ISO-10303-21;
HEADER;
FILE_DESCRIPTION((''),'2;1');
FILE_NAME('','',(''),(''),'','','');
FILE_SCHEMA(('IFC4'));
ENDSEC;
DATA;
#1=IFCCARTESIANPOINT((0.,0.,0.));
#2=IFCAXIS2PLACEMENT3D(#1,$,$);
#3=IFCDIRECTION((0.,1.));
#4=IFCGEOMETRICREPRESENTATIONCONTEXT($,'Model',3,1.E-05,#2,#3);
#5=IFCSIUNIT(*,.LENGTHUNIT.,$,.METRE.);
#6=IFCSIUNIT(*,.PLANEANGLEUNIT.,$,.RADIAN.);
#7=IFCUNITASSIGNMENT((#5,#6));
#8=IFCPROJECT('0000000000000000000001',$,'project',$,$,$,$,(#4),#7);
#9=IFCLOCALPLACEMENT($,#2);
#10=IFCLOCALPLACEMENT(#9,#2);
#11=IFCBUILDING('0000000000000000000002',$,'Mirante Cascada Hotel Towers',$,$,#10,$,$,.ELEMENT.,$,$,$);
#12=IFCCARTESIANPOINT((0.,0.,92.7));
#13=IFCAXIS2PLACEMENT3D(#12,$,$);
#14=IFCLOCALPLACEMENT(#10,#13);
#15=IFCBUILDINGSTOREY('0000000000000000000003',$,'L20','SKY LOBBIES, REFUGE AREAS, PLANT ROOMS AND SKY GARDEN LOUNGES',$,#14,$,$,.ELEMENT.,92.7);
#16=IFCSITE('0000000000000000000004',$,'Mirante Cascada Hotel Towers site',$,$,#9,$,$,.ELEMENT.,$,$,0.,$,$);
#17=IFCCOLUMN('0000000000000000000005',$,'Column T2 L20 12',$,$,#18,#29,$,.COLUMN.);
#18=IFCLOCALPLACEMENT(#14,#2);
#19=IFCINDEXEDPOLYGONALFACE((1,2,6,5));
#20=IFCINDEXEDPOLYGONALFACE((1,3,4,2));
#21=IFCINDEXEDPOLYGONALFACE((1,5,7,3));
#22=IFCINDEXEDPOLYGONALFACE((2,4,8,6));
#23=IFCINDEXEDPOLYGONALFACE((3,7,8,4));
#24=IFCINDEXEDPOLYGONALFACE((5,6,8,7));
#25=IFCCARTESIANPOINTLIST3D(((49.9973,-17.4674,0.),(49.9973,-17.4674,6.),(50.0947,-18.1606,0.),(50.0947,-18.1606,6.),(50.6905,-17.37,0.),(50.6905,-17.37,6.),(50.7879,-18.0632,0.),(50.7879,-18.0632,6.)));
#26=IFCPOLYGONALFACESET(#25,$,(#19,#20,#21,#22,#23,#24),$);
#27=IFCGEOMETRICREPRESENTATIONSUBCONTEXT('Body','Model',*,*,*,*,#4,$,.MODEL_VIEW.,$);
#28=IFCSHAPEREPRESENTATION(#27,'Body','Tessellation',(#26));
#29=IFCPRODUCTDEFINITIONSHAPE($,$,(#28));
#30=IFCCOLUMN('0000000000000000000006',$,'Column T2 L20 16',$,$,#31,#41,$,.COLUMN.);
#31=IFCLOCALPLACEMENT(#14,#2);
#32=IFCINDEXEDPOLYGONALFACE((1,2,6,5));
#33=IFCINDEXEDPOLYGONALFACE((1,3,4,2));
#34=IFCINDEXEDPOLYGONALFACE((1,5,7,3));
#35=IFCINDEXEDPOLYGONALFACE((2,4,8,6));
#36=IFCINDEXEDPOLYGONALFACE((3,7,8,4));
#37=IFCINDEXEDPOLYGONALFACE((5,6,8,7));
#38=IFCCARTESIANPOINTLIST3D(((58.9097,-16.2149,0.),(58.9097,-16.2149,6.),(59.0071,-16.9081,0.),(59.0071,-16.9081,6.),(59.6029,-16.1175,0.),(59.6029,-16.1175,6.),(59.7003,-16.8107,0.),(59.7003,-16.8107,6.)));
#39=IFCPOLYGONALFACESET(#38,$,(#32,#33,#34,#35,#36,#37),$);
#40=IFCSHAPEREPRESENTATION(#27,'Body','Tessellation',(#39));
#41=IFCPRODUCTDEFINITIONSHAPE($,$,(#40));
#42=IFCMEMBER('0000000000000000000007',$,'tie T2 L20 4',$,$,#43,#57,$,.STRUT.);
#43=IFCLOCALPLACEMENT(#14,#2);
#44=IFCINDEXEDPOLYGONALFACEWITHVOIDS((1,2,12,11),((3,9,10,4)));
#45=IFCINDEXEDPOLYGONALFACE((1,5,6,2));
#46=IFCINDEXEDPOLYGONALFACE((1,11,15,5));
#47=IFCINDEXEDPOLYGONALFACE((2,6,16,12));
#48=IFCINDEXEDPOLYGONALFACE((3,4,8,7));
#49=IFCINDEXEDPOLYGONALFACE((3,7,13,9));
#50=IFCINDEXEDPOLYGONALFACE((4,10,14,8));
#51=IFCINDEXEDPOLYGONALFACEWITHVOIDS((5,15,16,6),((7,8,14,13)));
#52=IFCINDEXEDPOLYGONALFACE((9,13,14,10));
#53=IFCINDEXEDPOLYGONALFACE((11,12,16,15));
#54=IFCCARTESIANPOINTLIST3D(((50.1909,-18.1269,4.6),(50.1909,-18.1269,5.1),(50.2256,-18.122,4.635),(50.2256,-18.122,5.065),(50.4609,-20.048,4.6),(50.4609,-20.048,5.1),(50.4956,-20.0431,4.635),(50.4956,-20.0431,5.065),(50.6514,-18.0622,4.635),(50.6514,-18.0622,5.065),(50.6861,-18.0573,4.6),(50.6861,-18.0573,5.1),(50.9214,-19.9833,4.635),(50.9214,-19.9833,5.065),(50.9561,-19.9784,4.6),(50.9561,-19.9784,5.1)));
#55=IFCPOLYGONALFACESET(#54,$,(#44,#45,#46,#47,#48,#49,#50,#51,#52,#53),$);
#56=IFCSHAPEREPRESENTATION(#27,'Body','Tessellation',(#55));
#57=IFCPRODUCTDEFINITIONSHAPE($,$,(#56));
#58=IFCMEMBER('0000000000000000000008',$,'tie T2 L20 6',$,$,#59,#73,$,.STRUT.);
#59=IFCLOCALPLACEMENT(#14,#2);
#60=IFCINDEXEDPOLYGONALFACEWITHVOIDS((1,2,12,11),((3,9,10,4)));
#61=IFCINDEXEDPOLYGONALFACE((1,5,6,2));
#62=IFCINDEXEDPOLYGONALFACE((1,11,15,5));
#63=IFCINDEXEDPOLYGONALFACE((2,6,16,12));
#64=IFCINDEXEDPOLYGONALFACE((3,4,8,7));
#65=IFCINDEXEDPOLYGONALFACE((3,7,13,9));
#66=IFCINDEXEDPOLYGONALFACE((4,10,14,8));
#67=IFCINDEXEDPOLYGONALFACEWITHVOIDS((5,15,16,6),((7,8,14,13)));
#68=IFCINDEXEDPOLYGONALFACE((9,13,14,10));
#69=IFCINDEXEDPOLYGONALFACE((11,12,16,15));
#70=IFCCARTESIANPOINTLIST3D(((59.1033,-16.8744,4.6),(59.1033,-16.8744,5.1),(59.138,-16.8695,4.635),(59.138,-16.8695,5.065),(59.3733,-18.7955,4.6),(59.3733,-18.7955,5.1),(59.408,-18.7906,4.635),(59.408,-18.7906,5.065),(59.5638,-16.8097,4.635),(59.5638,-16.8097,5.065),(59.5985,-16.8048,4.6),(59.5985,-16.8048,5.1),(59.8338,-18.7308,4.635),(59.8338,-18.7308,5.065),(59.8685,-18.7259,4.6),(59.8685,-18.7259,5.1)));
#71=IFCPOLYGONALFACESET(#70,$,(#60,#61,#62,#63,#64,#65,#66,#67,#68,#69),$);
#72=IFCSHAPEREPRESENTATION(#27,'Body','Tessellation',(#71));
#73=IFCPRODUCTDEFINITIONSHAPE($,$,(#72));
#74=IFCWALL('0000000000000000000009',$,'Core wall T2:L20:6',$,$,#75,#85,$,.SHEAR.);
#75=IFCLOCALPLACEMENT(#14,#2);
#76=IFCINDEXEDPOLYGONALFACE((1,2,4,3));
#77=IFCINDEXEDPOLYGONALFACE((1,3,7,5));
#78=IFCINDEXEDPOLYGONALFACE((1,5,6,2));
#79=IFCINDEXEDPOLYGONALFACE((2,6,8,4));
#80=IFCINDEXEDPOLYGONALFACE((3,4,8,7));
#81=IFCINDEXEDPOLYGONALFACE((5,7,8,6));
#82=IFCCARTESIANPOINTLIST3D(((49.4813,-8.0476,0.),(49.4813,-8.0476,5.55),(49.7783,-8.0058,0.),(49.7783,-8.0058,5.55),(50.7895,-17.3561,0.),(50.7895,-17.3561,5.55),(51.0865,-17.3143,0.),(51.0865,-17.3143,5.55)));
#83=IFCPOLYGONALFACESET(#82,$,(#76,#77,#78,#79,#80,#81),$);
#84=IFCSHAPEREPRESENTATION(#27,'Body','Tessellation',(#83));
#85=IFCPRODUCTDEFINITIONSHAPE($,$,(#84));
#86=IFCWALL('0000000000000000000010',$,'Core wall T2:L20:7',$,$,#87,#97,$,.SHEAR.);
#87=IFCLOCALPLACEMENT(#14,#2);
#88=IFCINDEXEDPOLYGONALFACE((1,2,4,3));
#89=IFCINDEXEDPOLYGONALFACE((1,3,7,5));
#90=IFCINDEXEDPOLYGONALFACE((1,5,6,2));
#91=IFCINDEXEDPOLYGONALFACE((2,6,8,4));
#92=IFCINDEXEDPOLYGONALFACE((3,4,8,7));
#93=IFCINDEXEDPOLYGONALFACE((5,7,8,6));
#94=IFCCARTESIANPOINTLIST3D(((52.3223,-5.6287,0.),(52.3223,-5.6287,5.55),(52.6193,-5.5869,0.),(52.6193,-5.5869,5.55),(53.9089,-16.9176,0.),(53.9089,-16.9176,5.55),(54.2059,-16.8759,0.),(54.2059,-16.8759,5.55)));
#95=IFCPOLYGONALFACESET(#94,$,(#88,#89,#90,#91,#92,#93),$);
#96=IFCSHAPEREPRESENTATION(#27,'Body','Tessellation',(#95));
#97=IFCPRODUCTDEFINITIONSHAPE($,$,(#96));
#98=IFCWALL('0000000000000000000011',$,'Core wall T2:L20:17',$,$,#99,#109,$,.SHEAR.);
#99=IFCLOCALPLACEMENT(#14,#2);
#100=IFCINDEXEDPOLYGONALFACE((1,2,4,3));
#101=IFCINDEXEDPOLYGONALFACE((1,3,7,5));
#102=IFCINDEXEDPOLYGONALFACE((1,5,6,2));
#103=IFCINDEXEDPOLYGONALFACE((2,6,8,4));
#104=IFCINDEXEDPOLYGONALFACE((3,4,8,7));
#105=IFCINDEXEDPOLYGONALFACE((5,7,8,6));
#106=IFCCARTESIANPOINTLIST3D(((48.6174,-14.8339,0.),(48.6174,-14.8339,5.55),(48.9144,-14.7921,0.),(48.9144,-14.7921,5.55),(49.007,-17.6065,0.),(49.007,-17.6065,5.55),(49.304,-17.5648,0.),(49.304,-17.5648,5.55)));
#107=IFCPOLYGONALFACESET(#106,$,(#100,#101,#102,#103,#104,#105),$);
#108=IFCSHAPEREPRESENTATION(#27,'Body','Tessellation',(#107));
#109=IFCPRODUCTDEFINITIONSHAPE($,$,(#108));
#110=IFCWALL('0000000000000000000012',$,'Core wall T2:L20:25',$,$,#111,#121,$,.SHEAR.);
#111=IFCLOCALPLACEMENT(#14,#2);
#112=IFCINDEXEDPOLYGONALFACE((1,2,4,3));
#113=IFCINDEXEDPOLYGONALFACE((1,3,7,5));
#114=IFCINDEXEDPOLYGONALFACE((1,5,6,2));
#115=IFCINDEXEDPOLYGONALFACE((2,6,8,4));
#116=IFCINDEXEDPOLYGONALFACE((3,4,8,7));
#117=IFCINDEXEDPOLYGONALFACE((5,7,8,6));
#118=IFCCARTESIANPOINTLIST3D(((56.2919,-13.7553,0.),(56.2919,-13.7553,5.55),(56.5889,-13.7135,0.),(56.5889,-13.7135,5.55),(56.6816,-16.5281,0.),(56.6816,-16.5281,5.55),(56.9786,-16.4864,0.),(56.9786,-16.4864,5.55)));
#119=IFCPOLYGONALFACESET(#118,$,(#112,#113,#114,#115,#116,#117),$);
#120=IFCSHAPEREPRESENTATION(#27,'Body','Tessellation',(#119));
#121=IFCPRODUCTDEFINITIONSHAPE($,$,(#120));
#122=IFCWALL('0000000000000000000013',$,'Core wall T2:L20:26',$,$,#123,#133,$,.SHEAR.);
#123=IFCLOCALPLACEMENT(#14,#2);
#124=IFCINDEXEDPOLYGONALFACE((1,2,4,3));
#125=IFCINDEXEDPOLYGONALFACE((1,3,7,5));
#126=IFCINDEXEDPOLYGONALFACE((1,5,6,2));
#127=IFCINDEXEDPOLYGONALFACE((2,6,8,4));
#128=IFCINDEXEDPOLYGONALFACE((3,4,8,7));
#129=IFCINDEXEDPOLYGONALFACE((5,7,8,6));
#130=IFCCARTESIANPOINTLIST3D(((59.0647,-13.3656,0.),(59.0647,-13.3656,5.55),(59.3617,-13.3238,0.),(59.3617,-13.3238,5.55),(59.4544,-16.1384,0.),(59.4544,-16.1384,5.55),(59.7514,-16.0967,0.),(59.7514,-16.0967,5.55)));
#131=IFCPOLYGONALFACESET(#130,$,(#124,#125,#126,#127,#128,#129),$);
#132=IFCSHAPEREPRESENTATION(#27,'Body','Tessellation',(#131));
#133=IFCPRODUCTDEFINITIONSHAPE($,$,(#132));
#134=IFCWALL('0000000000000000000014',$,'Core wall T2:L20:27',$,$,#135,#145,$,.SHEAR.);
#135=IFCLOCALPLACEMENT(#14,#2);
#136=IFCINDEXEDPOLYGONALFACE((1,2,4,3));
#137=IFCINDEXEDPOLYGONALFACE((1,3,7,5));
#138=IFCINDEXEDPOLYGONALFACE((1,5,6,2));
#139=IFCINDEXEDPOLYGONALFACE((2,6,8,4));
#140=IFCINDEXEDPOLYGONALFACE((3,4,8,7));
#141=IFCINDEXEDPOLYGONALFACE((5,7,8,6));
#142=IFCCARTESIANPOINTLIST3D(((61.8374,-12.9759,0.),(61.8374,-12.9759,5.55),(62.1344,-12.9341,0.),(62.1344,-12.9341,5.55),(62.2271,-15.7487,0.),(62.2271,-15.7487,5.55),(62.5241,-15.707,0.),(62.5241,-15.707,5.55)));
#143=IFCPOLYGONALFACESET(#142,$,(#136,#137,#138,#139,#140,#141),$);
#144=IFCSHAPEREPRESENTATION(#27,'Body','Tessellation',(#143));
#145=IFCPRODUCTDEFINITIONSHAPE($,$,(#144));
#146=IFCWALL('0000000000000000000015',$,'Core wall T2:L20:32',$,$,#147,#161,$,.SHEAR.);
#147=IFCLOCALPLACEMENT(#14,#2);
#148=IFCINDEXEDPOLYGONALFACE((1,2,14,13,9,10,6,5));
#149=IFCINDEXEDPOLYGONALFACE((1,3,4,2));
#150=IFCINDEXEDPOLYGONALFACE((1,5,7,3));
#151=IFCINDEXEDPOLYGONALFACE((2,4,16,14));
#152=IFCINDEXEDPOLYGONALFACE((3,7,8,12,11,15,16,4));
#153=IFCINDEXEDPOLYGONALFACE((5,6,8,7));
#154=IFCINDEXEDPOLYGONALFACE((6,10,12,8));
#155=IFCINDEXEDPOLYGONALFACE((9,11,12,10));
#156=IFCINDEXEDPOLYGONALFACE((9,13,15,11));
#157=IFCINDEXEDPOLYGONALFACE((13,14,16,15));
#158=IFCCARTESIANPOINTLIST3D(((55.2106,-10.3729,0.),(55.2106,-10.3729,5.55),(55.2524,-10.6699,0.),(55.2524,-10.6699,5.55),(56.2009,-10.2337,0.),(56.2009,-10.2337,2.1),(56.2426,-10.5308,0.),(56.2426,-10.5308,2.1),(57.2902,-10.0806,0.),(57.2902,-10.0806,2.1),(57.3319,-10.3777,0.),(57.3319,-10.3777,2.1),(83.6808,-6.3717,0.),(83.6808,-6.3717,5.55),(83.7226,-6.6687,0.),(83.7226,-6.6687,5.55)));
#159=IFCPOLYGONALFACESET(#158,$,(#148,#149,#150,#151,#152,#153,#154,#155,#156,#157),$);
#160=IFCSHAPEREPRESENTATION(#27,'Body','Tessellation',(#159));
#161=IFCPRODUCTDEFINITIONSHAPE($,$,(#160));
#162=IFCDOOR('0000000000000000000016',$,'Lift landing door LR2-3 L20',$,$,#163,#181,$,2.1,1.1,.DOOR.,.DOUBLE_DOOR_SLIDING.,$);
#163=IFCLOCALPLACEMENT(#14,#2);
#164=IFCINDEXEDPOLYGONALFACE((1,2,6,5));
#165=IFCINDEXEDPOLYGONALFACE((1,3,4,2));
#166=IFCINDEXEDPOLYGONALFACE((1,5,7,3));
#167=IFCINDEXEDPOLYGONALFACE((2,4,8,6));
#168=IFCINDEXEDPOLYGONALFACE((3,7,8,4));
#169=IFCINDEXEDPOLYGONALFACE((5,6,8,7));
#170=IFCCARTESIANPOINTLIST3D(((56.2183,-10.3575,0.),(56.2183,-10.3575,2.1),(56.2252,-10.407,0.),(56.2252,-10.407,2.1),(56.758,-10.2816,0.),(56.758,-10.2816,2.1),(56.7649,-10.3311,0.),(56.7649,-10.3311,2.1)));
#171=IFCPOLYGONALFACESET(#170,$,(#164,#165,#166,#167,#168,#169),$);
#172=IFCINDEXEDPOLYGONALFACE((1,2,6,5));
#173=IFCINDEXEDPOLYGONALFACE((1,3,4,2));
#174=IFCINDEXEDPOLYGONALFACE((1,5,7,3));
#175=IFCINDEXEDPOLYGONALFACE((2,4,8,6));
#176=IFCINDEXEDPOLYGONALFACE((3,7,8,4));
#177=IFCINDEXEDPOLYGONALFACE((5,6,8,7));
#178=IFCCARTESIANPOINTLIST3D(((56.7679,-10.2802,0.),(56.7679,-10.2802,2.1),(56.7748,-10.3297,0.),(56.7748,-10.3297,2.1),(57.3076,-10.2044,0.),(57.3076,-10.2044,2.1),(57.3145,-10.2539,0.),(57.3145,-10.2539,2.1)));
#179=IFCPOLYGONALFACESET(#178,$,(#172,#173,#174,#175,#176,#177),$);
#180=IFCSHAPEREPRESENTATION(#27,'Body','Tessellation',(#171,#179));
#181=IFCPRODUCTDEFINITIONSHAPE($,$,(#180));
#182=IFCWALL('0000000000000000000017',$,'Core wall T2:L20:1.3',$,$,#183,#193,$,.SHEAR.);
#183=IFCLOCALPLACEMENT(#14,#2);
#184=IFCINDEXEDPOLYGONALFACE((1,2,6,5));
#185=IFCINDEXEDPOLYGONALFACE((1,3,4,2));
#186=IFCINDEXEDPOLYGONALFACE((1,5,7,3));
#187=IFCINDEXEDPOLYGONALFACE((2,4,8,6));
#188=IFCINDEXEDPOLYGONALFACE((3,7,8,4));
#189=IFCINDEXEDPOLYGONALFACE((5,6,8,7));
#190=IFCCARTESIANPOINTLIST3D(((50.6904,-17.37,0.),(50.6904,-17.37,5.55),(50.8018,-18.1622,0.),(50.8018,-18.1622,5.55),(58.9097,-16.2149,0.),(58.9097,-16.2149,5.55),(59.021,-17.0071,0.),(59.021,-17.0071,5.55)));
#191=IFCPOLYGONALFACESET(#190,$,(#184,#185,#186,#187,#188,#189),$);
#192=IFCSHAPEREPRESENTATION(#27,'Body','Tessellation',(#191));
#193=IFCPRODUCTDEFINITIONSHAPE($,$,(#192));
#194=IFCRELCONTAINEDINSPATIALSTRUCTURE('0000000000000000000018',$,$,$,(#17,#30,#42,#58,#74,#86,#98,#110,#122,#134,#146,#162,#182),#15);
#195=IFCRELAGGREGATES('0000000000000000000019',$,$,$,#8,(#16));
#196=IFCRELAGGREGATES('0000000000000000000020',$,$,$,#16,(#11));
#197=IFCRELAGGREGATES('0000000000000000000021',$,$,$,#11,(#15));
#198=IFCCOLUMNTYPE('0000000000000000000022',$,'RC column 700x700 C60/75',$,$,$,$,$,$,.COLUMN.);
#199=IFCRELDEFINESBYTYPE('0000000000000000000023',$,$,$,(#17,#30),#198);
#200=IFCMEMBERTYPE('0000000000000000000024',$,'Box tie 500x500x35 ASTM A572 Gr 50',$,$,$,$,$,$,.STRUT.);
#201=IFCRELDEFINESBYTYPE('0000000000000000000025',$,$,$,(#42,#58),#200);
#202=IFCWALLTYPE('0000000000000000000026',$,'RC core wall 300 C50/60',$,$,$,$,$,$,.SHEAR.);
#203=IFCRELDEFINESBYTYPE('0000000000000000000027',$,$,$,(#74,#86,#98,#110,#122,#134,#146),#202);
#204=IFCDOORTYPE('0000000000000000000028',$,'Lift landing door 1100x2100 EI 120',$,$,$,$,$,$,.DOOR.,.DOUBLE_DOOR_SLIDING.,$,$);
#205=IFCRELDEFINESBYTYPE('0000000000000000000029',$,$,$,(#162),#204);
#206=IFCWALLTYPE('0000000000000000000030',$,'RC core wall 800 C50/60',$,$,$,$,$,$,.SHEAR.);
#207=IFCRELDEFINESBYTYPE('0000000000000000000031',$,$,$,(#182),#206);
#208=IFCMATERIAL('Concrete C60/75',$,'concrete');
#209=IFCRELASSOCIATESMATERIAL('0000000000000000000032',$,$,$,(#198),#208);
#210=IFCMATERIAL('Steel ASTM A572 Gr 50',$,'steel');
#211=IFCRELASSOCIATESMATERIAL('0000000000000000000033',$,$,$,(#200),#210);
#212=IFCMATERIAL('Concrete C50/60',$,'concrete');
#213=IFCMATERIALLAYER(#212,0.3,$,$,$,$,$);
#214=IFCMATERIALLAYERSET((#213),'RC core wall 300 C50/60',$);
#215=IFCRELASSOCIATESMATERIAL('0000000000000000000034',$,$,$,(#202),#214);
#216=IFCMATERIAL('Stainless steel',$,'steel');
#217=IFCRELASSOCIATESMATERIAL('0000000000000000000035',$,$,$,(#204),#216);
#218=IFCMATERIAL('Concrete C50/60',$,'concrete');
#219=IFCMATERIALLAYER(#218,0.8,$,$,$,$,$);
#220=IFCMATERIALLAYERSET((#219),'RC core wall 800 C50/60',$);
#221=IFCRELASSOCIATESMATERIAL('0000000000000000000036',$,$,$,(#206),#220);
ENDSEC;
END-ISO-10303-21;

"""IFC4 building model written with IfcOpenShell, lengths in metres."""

from ifc_helpers import new_model, si_unit, direction, frame, frame_2d, origin, origin_2d, place, context, subcontext, project, spatial, rectangle, hollow_rectangle, extrude, material, layer, layer_set, material_profile, profile_set, type_object, element, fill, save


model = new_model("IFC4")

# Units and contexts
model_context = context("Model", 3, precision=1e-05, world=origin(), true_north=direction((0.0, 1.0)))
body_context = subcontext(model_context, "Body", "Model", "MODEL_VIEW")
ifc_project = project(units=[si_unit("LENGTHUNIT", "METRE"), si_unit("PLANEANGLEUNIT", "RADIAN")], contexts=[model_context])

# Site, building, storey
site_placement = place(None, origin())
site = spatial("IfcSite", under=ifc_project, at=site_placement, Name="Mirante Cascada Hotel Towers site", CompositionType="ELEMENT", RefElevation=0.0)
building_placement = place(site_placement, origin())
building = spatial("IfcBuilding", under=site, at=building_placement, Name="Mirante Cascada Hotel Towers", CompositionType="ELEMENT")
storey_placement = place(building_placement, frame((0.0, 0.0, 92.7)))
storey = spatial("IfcBuildingStorey", under=building, at=storey_placement, Name="L20", Description="SKY LOBBIES, REFUGE AREAS, PLANT ROOMS AND SKY GARDEN LOUNGES", CompositionType="ELEMENT", Elevation=92.7)

# Columns
ifc_material_1 = material(Name="Concrete C60/75", Category="concrete")
ifc_material_profile_1 = material_profile(ifc_material_1, rectangle(XDim=0.7, YDim=0.7, at=origin_2d()), Name="RC column 700x700 C60/75")
ifc_profile_set_1 = profile_set([ifc_material_profile_1], Name="Concrete C60/75")
column_type = type_object("IfcColumnType", Name="RC column 700x700 C60/75", PredefinedType="COLUMN", material=ifc_profile_set_1)
for number, where, z_axis, x_axis, name in (
    (1, (50.3926, -17.7653, 0.0), (0.0, 0.0, 1.0), (0.990268, 0.139173, 0.0), "Column T2 L20 12"),
    (2, (59.305, -16.5128, 0.0), (0.0, 0.0, 1.0), (0.990268, 0.139173, 0.0), "Column T2 L20 16"),
):
    element("IfcColumn", number, at=place(storey_placement, frame(where, z_axis=z_axis, x_axis=x_axis)), inside=storey, type_object=column_type, Name=name, PredefinedType="COLUMN", context=body_context, shape_type="SweptSolid", body=[
        extrude(rectangle(XDim=0.7, YDim=0.7, at=origin_2d()), origin(), (0.0, 0.0, 1.0), 6.0),
    ])

# Members
ifc_material_2 = material(Name="Steel ASTM A572 Gr 50", Category="steel")
ifc_material_profile_2 = material_profile(ifc_material_2, hollow_rectangle(XDim=0.5, YDim=0.5, WallThickness=0.035, at=origin_2d()), Name="Box tie 500x500x35 ASTM A572 Gr 50")
ifc_profile_set_2 = profile_set([ifc_material_profile_2], Name="Steel ASTM A572 Gr 50")
member_type = type_object("IfcMemberType", Name="Box tie 500x500x35 ASTM A572 Gr 50", PredefinedType="STRUT", material=ifc_profile_set_2)
for number, where, z_axis, x_axis, name in (
    (3, (50.4385, -18.0921, 4.85), (0.139177, -0.990268, 0.0), (0.990268, 0.139177, 0.0), "tie T2 L20 4"),
    (4, (59.3509, -16.8396, 4.85), (0.139177, -0.990268, 0.0), (0.990268, 0.139177, 0.0), "tie T2 L20 6"),
):
    element("IfcMember", number, at=place(storey_placement, frame(where, z_axis=z_axis, x_axis=x_axis)), inside=storey, type_object=member_type, Name=name, PredefinedType="STRUT", context=body_context, shape_type="SweptSolid", body=[
        extrude(hollow_rectangle(XDim=0.5, YDim=0.5, WallThickness=0.035, at=origin_2d()), origin(), (0.0, 0.0, 1.0), 1.94),
    ])

# Walls
ifc_material_3 = material(Name="Concrete C50/60", Category="concrete")
ifc_layer_1 = layer(ifc_material_3, 0.3)
ifc_layer_set_1 = layer_set([ifc_layer_1], Name="RC core wall 300 C50/60")
wall_type_1 = type_object("IfcWallType", Name="RC core wall 300 C50/60", PredefinedType="SHEAR", material=ifc_layer_set_1)
wall_1_placement = place(storey_placement, frame((50.938, -17.3352, 0.0), z_axis=(0.0, 0.0, 1.0), x_axis=(-0.139171, 0.990268, 0.0)))
element("IfcWall", 5, at=wall_1_placement, inside=storey, type_object=wall_type_1, Name="Core wall T2:L20:6", PredefinedType="SHEAR", context=body_context, shape_type="SweptSolid", body=[
    extrude(rectangle(XDim=9.4, YDim=0.3, at=frame_2d((4.7, 0.0))), origin(), (0.0, 0.0, 1.0), 5.55),
])
wall_2_placement = place(storey_placement, frame((54.0574, -16.8968, 0.0), z_axis=(0.0, 0.0, 1.0), x_axis=(-0.139176, 0.990268, 0.0)))
element("IfcWall", 6, at=wall_2_placement, inside=storey, type_object=wall_type_1, Name="Core wall T2:L20:7", PredefinedType="SHEAR", context=body_context, shape_type="SweptSolid", body=[
    extrude(rectangle(XDim=11.3999, YDim=0.3, at=frame_2d((5.7, 0.0))), origin(), (0.0, 0.0, 1.0), 5.55),
])
wall_3_placement = place(storey_placement, frame((49.1555, -17.5857, 0.0), z_axis=(0.0, 0.0, 1.0), x_axis=(-0.139146, 0.990272, 0.0)))
element("IfcWall", 7, at=wall_3_placement, inside=storey, type_object=wall_type_1, Name="Core wall T2:L20:17", PredefinedType="SHEAR", context=body_context, shape_type="SweptSolid", body=[
    extrude(rectangle(XDim=2.7999, YDim=0.3, at=frame_2d((1.4, 0.0))), origin(), (0.0, 0.0, 1.0), 5.55),
])

# Shared definitions
ifc_material_4 = material(Name="Stainless steel", Category="steel")
door_type_1 = type_object("IfcDoorType", Name="Lift landing door 1100x2100 EI 120", OperationType="DOUBLE_DOOR_SLIDING", PredefinedType="DOOR", material=ifc_material_4)

# Walls
for number, where, z_axis, x_axis, name in (
    (8, (56.8301, -16.5072, 0.0), (0.0, 0.0, 1.0), (-0.139176, 0.990268, 0.0), "Core wall T2:L20:25"),
    (9, (59.6029, -16.1175, 0.0), (0.0, 0.0, 1.0), (-0.139176, 0.990268, 0.0), "Core wall T2:L20:26"),
    (10, (62.3756, -15.7278, 0.0), (0.0, 0.0, 1.0), (-0.139176, 0.990268, 0.0), "Core wall T2:L20:27"),
):
    element("IfcWall", number, at=place(storey_placement, frame(where, z_axis=z_axis, x_axis=x_axis)), inside=storey, type_object=wall_type_1, Name=name, PredefinedType="SHEAR", context=body_context, shape_type="SweptSolid", body=[
        extrude(rectangle(XDim=2.8001, YDim=0.3, at=frame_2d((1.4, 0.0))), origin(), (0.0, 0.0, 1.0), 5.55),
    ])

# Wall, opening, door
wall_4_placement = place(storey_placement, frame((55.2315, -10.5214, 0.0), z_axis=(0.0, 0.0, 1.0), x_axis=(0.990268, 0.139172, 0.0)))
wall_4 = element("IfcWall", 11, at=wall_4_placement, inside=storey, type_object=wall_type_1, Name="Core wall T2:L20:32", PredefinedType="SHEAR", context=body_context, shape_type="SweptSolid", body=[
    extrude(rectangle(XDim=28.75, YDim=0.3, at=frame_2d((14.375, 0.0))), origin(), (0.0, 0.0, 1.0), 5.55),
])
opening_1_placement = place(wall_4_placement, frame((1.0, 0.0, 0.0)))
opening_1 = element("IfcOpeningElement", 12, at=opening_1_placement, cuts=wall_4, PredefinedType="OPENING", context=body_context, shape_type="SweptSolid", body=[
    extrude(rectangle(XDim=1.1, YDim=2.1, at=frame_2d((0.55, 1.05))), frame((0.0, 0.15, 0.0), z_axis=(0.0, -1.0, 0.0), x_axis=(1.0, 0.0, 0.0)), (0.0, 0.0, 1.0), 0.3),
])
door_1_placement = place(opening_1_placement, origin())
door_1 = element("IfcDoor", 13, at=door_1_placement, inside=storey, type_object=door_type_1, Name="Lift landing door LR2-3 L20", OperationType="DOUBLE_DOOR_SLIDING", OverallHeight=2.1, OverallWidth=1.1, PredefinedType="DOOR", context=body_context, shape_type="SweptSolid", body=[
    extrude(rectangle(XDim=0.545, YDim=2.1, at=frame_2d((0.2725, 1.05))), frame((0.0, 0.025, 0.0), z_axis=(0.0, -1.0, 0.0), x_axis=(1.0, 0.0, 0.0)), (0.0, 0.0, 1.0), 0.05),
    extrude(rectangle(XDim=0.545, YDim=2.1, at=frame_2d((0.8275, 1.05))), frame((0.0, 0.025, 0.0), z_axis=(0.0, -1.0, 0.0), x_axis=(1.0, 0.0, 0.0)), (0.0, 0.0, 1.0), 0.05),
])
fill(opening_1, door_1)

# Wall
ifc_material_5 = material(Name="Concrete C50/60", Category="concrete")
ifc_layer_2 = layer(ifc_material_5, 0.8)
ifc_layer_set_2 = layer_set([ifc_layer_2], Name="RC core wall 800 C50/60")
wall_type_2 = type_object("IfcWallType", Name="RC core wall 800 C50/60", PredefinedType="SHEAR", material=ifc_layer_set_2)
wall_5_placement = place(storey_placement, frame((50.7461, -17.7661, 0.0), z_axis=(0.0, 0.0, 1.0), x_axis=(0.990269, 0.139169, 0.0)))
element("IfcWall", 14, at=wall_5_placement, inside=storey, type_object=wall_type_2, Name="Core wall T2:L20:1.3", PredefinedType="SHEAR", context=body_context, shape_type="SweptSolid", body=[
    extrude(rectangle(XDim=8.3, YDim=0.8, at=frame_2d((4.15, 0.0))), origin(), (0.0, 0.0, 1.0), 5.55),
])

save(model, "model.ifc")
